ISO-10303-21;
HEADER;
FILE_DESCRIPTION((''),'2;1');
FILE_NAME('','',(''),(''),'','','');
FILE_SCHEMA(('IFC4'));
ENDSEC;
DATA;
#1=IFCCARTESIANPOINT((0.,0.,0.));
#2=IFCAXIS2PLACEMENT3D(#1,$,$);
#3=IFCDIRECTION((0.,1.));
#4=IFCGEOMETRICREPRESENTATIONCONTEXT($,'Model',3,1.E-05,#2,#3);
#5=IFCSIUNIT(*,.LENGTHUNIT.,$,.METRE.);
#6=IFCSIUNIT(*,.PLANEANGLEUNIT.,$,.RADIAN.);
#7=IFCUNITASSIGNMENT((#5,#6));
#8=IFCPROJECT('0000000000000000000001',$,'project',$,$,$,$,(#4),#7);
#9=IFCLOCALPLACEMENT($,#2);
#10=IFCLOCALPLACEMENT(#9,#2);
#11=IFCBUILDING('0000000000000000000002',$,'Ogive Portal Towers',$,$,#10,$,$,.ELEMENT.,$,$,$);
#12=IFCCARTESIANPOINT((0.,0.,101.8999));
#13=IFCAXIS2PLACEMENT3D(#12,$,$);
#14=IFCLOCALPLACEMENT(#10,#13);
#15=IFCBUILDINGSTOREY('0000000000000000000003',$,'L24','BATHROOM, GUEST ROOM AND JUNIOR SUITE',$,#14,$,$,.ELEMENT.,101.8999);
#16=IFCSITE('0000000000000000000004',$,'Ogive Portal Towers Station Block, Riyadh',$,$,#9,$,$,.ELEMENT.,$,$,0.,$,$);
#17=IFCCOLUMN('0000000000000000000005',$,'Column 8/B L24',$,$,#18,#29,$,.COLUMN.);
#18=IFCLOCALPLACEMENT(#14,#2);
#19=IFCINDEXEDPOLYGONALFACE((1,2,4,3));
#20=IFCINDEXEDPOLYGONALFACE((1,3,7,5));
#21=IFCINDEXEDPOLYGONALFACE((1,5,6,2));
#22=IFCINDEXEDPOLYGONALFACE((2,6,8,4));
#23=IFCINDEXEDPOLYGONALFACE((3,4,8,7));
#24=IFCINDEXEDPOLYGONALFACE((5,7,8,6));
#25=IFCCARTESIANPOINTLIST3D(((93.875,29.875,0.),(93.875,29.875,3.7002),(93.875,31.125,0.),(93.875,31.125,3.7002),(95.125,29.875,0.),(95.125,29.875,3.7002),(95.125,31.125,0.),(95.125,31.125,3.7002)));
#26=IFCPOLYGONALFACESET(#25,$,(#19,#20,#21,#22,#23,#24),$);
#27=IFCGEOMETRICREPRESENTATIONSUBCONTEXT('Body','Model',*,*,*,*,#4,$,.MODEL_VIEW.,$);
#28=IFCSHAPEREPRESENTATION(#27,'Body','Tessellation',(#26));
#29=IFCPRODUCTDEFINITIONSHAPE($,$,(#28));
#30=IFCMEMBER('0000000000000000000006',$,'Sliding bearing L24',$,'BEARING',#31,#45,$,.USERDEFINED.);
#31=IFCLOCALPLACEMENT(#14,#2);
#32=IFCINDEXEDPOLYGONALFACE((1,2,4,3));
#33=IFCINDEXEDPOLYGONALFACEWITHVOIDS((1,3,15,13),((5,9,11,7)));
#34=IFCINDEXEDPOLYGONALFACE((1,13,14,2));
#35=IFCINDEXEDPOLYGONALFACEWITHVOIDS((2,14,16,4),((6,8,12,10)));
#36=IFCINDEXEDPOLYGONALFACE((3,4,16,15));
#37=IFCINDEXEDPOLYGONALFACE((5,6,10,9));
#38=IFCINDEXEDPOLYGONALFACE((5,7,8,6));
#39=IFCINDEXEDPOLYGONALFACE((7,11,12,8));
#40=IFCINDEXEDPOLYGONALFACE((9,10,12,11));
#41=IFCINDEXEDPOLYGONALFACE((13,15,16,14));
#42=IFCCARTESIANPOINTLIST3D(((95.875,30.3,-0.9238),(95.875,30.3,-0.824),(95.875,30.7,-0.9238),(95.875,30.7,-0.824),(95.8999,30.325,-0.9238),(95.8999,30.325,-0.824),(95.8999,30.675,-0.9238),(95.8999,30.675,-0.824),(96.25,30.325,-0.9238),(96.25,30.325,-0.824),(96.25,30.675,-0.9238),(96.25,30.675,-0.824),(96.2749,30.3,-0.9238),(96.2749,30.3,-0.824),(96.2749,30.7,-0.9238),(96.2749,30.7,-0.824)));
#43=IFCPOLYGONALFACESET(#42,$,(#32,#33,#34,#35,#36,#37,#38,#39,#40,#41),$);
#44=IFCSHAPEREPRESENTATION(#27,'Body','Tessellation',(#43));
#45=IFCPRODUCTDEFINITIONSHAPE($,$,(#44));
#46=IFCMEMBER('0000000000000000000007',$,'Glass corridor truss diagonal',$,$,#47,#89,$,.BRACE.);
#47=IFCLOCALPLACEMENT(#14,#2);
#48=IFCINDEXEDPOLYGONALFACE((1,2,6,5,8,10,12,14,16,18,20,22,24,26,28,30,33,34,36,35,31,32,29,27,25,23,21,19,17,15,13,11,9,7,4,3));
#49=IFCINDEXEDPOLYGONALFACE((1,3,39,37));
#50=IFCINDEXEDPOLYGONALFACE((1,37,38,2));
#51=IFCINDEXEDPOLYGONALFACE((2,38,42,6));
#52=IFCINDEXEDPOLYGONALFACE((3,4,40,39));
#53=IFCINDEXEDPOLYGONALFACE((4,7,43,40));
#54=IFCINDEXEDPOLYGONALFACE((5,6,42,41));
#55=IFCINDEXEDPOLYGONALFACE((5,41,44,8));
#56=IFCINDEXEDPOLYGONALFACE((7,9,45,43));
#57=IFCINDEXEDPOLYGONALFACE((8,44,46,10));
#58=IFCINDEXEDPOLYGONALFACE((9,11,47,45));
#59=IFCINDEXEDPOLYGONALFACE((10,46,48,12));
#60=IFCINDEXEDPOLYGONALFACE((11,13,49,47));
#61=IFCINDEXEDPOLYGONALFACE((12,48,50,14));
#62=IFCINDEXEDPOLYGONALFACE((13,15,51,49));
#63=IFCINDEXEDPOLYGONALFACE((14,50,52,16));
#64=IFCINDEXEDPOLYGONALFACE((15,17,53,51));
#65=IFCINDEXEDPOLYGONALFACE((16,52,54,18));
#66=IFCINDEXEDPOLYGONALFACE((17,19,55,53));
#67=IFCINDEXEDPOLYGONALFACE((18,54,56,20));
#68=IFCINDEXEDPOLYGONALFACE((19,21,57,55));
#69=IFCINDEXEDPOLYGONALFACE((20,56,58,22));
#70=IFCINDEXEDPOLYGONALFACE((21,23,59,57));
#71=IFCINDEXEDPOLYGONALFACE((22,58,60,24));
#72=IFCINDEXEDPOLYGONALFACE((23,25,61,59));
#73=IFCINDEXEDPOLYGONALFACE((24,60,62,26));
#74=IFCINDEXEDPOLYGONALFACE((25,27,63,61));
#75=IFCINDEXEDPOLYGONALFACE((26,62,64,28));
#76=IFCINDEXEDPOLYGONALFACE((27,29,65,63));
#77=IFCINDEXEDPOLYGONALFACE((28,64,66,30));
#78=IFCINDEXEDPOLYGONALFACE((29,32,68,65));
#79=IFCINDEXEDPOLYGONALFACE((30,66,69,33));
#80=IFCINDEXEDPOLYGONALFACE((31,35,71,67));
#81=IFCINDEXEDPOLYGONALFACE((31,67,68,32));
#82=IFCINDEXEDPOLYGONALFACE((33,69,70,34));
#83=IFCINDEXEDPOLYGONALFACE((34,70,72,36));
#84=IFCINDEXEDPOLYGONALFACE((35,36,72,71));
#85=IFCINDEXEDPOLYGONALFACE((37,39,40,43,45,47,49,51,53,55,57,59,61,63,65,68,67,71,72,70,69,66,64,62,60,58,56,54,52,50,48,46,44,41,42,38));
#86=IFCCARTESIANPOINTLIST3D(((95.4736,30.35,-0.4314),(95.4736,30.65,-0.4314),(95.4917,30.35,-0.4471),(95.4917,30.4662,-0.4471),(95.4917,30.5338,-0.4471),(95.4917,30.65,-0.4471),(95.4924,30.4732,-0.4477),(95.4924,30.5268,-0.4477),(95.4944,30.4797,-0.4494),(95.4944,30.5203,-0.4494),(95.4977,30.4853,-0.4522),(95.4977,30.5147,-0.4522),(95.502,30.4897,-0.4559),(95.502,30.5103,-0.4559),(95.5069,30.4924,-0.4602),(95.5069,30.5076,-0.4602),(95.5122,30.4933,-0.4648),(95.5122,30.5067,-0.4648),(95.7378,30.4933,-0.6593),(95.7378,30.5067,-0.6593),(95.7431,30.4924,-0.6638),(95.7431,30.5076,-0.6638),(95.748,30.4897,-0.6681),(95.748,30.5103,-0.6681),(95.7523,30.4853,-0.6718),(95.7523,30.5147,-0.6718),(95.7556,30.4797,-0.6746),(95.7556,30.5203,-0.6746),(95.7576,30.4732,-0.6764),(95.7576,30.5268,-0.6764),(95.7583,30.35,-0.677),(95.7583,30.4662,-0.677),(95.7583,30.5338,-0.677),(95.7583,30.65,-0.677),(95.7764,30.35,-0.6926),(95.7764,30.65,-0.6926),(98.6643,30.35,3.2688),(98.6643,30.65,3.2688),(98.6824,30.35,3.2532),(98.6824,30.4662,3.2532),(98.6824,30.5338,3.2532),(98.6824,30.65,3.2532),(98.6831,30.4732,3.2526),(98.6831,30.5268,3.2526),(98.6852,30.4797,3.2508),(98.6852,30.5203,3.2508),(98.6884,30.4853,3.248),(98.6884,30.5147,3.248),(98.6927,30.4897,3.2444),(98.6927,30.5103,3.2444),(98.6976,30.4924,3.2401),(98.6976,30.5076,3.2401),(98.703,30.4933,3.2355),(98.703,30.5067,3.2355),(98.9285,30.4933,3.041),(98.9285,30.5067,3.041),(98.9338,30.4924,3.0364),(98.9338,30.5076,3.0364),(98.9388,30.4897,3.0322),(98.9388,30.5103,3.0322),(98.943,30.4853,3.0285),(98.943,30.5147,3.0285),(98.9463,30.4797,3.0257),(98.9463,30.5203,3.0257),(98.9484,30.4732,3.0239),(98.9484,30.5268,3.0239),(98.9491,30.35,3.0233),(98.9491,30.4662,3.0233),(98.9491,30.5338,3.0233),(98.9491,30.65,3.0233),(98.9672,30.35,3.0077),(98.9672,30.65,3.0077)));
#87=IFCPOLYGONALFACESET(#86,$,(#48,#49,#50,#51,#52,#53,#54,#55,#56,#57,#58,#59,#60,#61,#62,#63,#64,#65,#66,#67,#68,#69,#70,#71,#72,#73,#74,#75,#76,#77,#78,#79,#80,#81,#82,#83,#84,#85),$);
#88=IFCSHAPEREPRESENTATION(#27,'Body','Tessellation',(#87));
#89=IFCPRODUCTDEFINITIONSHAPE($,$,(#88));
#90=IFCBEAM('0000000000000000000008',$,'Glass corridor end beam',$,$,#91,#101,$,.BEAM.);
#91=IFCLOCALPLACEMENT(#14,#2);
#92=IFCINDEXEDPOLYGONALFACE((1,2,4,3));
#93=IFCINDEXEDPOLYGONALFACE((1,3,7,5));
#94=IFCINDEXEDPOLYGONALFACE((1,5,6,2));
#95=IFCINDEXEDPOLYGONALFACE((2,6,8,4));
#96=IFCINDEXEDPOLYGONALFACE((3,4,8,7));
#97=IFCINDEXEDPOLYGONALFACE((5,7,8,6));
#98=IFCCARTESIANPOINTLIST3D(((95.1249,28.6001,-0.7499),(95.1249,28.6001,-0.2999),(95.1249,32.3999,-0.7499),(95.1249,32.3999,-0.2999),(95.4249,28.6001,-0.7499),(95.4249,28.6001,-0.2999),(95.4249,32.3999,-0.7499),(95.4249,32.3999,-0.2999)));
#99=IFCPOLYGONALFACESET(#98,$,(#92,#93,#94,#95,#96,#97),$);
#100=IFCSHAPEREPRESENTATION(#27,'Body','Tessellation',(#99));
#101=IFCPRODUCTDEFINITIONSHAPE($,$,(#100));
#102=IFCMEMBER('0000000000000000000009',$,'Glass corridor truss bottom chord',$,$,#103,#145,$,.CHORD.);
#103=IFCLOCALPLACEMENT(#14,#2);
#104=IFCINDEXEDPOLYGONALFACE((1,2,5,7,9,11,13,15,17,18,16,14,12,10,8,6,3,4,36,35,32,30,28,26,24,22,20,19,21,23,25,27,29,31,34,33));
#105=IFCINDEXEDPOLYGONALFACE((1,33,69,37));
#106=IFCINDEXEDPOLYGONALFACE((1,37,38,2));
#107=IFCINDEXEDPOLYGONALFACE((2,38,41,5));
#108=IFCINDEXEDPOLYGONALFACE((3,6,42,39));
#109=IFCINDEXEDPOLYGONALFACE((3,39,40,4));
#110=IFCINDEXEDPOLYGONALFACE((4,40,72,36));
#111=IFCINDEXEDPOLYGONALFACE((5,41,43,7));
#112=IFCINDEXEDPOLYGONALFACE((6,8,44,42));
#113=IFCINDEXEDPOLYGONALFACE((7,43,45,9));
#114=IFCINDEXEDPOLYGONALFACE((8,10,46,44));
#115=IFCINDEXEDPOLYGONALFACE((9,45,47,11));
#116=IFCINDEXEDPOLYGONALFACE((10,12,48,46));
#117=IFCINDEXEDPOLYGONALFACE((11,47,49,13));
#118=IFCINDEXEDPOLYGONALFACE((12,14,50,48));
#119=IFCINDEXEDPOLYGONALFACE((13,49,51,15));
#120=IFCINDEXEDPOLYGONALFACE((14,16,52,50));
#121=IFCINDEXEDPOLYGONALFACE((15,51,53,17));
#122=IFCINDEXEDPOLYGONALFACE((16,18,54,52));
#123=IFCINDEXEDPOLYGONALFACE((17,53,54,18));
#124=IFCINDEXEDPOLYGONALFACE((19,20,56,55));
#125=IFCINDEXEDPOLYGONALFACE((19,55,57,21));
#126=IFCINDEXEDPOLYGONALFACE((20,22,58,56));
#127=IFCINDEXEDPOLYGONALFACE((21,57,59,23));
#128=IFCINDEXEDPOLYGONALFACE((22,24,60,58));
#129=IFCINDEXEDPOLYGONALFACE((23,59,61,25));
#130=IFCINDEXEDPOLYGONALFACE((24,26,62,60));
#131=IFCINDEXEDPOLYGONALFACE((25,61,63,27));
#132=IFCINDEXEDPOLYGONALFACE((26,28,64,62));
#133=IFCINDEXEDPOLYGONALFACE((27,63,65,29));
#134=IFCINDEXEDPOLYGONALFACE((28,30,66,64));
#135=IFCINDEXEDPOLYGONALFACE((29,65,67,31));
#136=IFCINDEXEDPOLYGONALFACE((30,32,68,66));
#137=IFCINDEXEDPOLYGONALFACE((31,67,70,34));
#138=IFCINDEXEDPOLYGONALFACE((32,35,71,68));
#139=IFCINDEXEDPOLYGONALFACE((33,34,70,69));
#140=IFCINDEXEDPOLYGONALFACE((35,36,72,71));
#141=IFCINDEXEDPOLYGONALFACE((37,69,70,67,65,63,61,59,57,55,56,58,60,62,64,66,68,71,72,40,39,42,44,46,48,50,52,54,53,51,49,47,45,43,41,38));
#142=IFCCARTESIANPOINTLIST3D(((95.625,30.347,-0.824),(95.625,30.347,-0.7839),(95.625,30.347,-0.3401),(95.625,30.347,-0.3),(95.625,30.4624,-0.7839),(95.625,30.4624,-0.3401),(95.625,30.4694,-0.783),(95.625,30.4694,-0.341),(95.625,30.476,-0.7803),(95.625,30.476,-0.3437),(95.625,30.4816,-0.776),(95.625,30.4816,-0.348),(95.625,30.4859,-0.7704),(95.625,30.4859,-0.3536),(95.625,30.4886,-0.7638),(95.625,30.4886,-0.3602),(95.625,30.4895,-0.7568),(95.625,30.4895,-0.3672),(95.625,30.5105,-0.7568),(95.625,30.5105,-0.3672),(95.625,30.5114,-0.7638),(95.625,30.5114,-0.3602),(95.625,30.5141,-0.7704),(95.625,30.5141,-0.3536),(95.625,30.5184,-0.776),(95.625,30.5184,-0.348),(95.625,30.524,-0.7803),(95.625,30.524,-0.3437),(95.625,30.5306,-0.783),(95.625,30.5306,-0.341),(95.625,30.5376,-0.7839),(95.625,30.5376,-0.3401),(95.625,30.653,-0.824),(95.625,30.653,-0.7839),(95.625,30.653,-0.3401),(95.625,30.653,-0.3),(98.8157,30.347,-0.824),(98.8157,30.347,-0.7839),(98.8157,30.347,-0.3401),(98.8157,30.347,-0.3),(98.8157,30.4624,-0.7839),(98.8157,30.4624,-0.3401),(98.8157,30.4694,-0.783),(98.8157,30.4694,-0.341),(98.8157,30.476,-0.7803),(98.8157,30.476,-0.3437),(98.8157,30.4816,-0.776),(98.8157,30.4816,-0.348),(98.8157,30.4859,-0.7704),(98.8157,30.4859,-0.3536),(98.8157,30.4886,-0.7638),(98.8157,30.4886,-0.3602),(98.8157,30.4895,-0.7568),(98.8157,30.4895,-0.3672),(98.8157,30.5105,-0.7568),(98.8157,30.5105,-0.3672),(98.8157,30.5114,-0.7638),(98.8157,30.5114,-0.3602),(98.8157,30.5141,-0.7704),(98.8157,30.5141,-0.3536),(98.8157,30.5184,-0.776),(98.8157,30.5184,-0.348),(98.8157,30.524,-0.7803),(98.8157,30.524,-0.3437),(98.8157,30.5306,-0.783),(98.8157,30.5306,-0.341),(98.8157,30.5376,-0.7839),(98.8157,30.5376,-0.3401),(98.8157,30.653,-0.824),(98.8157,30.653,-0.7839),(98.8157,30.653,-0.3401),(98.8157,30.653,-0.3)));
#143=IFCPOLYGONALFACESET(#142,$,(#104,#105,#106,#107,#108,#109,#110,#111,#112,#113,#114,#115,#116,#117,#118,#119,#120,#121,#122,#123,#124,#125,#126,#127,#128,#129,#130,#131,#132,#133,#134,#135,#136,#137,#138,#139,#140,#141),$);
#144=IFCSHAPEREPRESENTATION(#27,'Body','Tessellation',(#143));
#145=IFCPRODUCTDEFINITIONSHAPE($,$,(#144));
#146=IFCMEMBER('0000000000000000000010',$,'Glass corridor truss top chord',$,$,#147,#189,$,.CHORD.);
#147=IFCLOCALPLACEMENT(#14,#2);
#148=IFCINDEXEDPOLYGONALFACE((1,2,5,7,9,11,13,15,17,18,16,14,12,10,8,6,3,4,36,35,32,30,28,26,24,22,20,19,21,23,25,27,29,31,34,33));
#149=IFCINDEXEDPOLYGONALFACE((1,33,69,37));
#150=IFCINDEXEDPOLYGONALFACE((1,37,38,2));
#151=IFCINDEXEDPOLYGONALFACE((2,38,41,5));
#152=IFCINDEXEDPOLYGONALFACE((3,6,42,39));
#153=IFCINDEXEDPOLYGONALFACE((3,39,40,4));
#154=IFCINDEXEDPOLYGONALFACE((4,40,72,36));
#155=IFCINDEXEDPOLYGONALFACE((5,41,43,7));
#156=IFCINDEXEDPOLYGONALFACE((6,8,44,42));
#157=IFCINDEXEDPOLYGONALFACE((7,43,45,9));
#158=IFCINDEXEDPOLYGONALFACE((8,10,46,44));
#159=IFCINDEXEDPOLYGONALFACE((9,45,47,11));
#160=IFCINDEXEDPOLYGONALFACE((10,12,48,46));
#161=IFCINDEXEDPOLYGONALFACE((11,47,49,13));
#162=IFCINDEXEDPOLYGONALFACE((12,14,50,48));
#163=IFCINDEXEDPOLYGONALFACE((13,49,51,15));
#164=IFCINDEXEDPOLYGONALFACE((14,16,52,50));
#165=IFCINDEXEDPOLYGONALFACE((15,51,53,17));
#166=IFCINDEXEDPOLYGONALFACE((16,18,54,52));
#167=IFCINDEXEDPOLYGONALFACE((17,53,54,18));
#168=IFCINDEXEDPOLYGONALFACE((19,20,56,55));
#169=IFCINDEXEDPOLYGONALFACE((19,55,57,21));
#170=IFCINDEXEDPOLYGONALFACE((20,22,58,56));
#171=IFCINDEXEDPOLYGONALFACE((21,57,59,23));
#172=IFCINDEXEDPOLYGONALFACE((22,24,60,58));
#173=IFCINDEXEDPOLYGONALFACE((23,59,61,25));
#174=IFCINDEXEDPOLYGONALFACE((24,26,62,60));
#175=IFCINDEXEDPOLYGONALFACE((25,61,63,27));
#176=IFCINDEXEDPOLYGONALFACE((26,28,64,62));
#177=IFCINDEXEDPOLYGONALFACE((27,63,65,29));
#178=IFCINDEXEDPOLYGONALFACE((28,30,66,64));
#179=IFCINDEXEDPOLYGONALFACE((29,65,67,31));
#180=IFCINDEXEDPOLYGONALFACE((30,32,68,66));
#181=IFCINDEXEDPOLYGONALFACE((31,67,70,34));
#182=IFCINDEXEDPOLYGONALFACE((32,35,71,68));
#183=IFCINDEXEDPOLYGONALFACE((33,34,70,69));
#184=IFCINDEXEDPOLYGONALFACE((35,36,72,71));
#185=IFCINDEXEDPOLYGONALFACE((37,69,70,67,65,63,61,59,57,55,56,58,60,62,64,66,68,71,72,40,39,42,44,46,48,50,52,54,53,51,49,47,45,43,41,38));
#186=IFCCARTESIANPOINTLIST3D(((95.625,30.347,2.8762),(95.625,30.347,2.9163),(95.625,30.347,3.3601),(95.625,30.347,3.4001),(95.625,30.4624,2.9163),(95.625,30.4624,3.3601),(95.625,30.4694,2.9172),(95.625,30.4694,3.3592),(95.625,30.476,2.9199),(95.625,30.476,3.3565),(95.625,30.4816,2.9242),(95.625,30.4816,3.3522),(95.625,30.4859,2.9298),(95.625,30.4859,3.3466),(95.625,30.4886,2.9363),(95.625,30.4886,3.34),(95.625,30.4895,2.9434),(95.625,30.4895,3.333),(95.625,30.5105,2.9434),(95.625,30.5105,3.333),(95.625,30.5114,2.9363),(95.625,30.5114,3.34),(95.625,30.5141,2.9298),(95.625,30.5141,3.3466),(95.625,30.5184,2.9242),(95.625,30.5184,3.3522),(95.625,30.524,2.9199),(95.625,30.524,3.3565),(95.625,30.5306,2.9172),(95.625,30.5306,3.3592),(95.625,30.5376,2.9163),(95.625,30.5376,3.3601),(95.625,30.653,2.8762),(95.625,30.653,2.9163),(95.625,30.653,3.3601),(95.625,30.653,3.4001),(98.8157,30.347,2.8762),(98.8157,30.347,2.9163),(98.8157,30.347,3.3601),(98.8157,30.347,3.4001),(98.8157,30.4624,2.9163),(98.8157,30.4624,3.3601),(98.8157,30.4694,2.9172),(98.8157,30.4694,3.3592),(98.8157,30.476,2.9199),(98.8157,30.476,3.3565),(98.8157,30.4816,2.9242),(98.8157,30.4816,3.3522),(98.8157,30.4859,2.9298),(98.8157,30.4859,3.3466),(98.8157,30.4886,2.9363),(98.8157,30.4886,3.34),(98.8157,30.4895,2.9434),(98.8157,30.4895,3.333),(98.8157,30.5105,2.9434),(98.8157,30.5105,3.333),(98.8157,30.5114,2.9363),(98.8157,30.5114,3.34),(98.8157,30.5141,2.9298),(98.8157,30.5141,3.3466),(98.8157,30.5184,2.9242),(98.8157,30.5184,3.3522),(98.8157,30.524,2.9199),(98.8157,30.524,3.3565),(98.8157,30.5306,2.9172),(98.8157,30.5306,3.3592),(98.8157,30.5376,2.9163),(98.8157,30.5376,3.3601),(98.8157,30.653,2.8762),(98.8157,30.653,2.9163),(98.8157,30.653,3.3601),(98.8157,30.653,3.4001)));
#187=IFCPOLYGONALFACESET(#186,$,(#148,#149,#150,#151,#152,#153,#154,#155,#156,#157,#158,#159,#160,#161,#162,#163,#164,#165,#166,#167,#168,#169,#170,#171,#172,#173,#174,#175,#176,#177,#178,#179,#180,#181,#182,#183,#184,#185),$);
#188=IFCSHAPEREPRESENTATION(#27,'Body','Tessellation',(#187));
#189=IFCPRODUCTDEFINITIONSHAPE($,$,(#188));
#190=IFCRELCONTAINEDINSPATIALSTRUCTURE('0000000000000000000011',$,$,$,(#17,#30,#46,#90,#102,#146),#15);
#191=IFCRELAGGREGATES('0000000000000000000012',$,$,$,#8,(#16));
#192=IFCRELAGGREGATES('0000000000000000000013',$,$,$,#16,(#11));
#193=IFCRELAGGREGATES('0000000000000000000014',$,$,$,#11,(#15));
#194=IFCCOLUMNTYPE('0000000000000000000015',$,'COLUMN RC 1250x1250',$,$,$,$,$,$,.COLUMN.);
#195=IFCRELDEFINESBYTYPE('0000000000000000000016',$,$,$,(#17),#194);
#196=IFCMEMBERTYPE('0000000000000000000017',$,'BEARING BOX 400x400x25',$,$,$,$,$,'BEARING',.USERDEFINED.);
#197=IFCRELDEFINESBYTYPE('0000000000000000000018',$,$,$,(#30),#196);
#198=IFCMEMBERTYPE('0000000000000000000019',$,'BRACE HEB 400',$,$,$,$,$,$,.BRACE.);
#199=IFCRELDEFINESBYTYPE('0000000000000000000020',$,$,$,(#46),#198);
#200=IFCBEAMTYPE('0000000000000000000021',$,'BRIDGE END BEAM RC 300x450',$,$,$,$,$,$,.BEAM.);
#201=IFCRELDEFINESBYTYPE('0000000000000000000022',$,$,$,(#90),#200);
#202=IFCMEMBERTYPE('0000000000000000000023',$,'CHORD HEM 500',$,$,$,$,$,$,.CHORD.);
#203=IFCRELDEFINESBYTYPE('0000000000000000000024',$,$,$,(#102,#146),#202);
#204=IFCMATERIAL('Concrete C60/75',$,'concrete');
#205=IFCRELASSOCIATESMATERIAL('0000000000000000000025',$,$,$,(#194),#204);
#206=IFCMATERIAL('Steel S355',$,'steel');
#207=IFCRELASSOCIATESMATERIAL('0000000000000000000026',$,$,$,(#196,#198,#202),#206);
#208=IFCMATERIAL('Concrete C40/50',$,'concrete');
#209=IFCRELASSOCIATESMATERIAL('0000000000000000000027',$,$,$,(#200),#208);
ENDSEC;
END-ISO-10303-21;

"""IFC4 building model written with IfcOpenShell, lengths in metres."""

from ifc_helpers import new_model, si_unit, direction, frame, origin, origin_2d, place, context, subcontext, project, spatial, rectangle, hollow_rectangle, i_section, extrude, material, material_profile, profile_set, type_object, element, save


model = new_model("IFC4")

# Units and contexts
model_context = context("Model", 3, precision=1e-05, world=origin(), true_north=direction((0.0, 1.0)))
body_context = subcontext(model_context, "Body", "Model", "MODEL_VIEW")
ifc_project = project(units=[si_unit("LENGTHUNIT", "METRE"), si_unit("PLANEANGLEUNIT", "RADIAN")], contexts=[model_context])

# Site, building, storey
site_placement = place(None, origin())
site = spatial("IfcSite", under=ifc_project, at=site_placement, Name="Ogive Portal Towers Station Block, Riyadh", CompositionType="ELEMENT", RefElevation=0.0)
building_placement = place(site_placement, origin())
building = spatial("IfcBuilding", under=site, at=building_placement, Name="Ogive Portal Towers", CompositionType="ELEMENT")
storey_placement = place(building_placement, frame((0.0, 0.0, 101.8999)))
storey = spatial("IfcBuildingStorey", under=building, at=storey_placement, Name="L24", Description="BATHROOM, GUEST ROOM AND JUNIOR SUITE", CompositionType="ELEMENT", Elevation=101.8999)

# Column
ifc_material_1 = material(Name="Concrete C60/75", Category="concrete")
ifc_material_profile_1 = material_profile(ifc_material_1, rectangle(XDim=1.25, YDim=1.25, at=origin_2d()), Name="RC 1250x1250")
ifc_profile_set_1 = profile_set([ifc_material_profile_1], Name="Concrete C60/75")
column_type = type_object("IfcColumnType", Name="COLUMN RC 1250x1250", PredefinedType="COLUMN", material=ifc_profile_set_1)
column_placement = place(storey_placement, frame((94.5, 30.5, 0.0), z_axis=(0.0, 0.0, 1.0), x_axis=(1.0, 0.0, 0.0)))
element("IfcColumn", 1, at=column_placement, inside=storey, type_object=column_type, Name="Column 8/B L24", PredefinedType="COLUMN", context=body_context, shape_type="SweptSolid", body=[
    extrude(rectangle(XDim=1.25, YDim=1.25, at=origin_2d()), origin(), (0.0, 0.0, 1.0), 3.7002),
])

# Members
ifc_material_2 = material(Name="Steel S355", Category="steel")
ifc_material_profile_2 = material_profile(ifc_material_2, hollow_rectangle(XDim=0.3999, YDim=0.3999, WallThickness=0.0249, at=origin_2d()), Name="BOX 400x400x25")
ifc_profile_set_2 = profile_set([ifc_material_profile_2], Name="Steel S355")
member_type_1 = type_object("IfcMemberType", Name="BEARING BOX 400x400x25", ElementType="BEARING", PredefinedType="USERDEFINED", material=ifc_profile_set_2)
member_1_placement = place(storey_placement, frame((96.075, 30.5, -0.9238), z_axis=(0.0, 0.0, 1.0), x_axis=(1.0, 0.0, 0.0)))
element("IfcMember", 2, at=member_1_placement, inside=storey, type_object=member_type_1, Name="Sliding bearing L24", ObjectType="BEARING", PredefinedType="USERDEFINED", context=body_context, shape_type="SweptSolid", body=[
    extrude(hollow_rectangle(XDim=0.3999, YDim=0.3999, WallThickness=0.0249, at=origin_2d()), origin(), (0.0, 0.0, 1.0), 0.0999),
])
ifc_material_profile_3 = material_profile(ifc_material_2, i_section(OverallWidth=0.3, OverallDepth=0.3999, WebThickness=0.0134, FlangeThickness=0.0239, FilletRadius=0.0271, at=origin_2d()), Name="HEB 400")
ifc_profile_set_3 = profile_set([ifc_material_profile_3], Name="Steel S355")
member_type_2 = type_object("IfcMemberType", Name="BRACE HEB 400", PredefinedType="BRACE", material=ifc_profile_set_3)
member_2_placement = place(storey_placement, frame((95.625, 30.5, -0.562), z_axis=(0.653039, 0.0, 0.757324), x_axis=(0.0, 1.0, 0.0)))
element("IfcMember", 3, at=member_2_placement, inside=storey, type_object=member_type_2, Name="Glass corridor truss diagonal", PredefinedType="BRACE", context=body_context, shape_type="SweptSolid", body=[
    extrude(i_section(OverallWidth=0.3, OverallDepth=0.3999, WebThickness=0.0134, FlangeThickness=0.0239, FilletRadius=0.0271, at=origin_2d()), origin(), (0.0, 0.0, 1.0), 4.886),
])

# Beam
ifc_material_3 = material(Name="Concrete C40/50", Category="concrete")
ifc_material_profile_4 = material_profile(ifc_material_3, rectangle(XDim=0.3, YDim=0.45, at=origin_2d()), Name="RC 300x450")
ifc_profile_set_4 = profile_set([ifc_material_profile_4], Name="Concrete C40/50")
beam_type_1 = type_object("IfcBeamType", Name="BRIDGE END BEAM RC 300x450", PredefinedType="BEAM", material=ifc_profile_set_4)
beam_1_placement = place(storey_placement, frame((95.2749, 28.6001, -0.5249), z_axis=(0.0, 1.0, 0.0), x_axis=(-1.0, 0.0, 0.0)))
element("IfcBeam", 4, at=beam_1_placement, inside=storey, type_object=beam_type_1, Name="Glass corridor end beam", PredefinedType="BEAM", context=body_context, shape_type="SweptSolid", body=[
    extrude(rectangle(XDim=0.3, YDim=0.45, at=origin_2d()), origin(), (0.0, 0.0, 1.0), 3.7998),
])

# Members
ifc_material_profile_5 = material_profile(ifc_material_2, i_section(OverallWidth=0.3059, OverallDepth=0.5239, WebThickness=0.021, FlangeThickness=0.04, FilletRadius=0.0271, at=origin_2d()), Name="HEM 500")
ifc_profile_set_5 = profile_set([ifc_material_profile_5], Name="Steel S355")
member_type_3 = type_object("IfcMemberType", Name="CHORD HEM 500", PredefinedType="CHORD", material=ifc_profile_set_5)
for number, where, z_axis, x_axis, name in (
    (5, (95.625, 30.5, -0.562), (1.0, 0.0, 0.0), (0.0, 1.0, 0.0), "Glass corridor truss bottom chord"),
    (6, (95.625, 30.5, 3.1382), (1.0, 0.0, 0.0), (0.0, 1.0, 0.0), "Glass corridor truss top chord"),
):
    element("IfcMember", number, at=place(storey_placement, frame(where, z_axis=z_axis, x_axis=x_axis)), inside=storey, type_object=member_type_3, Name=name, PredefinedType="CHORD", context=body_context, shape_type="SweptSolid", body=[
        extrude(i_section(OverallWidth=0.3059, OverallDepth=0.5239, WebThickness=0.021, FlangeThickness=0.04, FilletRadius=0.0271, at=origin_2d()), origin(), (0.0, 0.0, 1.0), 3.1907),
    ])

save(model, "model.ifc")
